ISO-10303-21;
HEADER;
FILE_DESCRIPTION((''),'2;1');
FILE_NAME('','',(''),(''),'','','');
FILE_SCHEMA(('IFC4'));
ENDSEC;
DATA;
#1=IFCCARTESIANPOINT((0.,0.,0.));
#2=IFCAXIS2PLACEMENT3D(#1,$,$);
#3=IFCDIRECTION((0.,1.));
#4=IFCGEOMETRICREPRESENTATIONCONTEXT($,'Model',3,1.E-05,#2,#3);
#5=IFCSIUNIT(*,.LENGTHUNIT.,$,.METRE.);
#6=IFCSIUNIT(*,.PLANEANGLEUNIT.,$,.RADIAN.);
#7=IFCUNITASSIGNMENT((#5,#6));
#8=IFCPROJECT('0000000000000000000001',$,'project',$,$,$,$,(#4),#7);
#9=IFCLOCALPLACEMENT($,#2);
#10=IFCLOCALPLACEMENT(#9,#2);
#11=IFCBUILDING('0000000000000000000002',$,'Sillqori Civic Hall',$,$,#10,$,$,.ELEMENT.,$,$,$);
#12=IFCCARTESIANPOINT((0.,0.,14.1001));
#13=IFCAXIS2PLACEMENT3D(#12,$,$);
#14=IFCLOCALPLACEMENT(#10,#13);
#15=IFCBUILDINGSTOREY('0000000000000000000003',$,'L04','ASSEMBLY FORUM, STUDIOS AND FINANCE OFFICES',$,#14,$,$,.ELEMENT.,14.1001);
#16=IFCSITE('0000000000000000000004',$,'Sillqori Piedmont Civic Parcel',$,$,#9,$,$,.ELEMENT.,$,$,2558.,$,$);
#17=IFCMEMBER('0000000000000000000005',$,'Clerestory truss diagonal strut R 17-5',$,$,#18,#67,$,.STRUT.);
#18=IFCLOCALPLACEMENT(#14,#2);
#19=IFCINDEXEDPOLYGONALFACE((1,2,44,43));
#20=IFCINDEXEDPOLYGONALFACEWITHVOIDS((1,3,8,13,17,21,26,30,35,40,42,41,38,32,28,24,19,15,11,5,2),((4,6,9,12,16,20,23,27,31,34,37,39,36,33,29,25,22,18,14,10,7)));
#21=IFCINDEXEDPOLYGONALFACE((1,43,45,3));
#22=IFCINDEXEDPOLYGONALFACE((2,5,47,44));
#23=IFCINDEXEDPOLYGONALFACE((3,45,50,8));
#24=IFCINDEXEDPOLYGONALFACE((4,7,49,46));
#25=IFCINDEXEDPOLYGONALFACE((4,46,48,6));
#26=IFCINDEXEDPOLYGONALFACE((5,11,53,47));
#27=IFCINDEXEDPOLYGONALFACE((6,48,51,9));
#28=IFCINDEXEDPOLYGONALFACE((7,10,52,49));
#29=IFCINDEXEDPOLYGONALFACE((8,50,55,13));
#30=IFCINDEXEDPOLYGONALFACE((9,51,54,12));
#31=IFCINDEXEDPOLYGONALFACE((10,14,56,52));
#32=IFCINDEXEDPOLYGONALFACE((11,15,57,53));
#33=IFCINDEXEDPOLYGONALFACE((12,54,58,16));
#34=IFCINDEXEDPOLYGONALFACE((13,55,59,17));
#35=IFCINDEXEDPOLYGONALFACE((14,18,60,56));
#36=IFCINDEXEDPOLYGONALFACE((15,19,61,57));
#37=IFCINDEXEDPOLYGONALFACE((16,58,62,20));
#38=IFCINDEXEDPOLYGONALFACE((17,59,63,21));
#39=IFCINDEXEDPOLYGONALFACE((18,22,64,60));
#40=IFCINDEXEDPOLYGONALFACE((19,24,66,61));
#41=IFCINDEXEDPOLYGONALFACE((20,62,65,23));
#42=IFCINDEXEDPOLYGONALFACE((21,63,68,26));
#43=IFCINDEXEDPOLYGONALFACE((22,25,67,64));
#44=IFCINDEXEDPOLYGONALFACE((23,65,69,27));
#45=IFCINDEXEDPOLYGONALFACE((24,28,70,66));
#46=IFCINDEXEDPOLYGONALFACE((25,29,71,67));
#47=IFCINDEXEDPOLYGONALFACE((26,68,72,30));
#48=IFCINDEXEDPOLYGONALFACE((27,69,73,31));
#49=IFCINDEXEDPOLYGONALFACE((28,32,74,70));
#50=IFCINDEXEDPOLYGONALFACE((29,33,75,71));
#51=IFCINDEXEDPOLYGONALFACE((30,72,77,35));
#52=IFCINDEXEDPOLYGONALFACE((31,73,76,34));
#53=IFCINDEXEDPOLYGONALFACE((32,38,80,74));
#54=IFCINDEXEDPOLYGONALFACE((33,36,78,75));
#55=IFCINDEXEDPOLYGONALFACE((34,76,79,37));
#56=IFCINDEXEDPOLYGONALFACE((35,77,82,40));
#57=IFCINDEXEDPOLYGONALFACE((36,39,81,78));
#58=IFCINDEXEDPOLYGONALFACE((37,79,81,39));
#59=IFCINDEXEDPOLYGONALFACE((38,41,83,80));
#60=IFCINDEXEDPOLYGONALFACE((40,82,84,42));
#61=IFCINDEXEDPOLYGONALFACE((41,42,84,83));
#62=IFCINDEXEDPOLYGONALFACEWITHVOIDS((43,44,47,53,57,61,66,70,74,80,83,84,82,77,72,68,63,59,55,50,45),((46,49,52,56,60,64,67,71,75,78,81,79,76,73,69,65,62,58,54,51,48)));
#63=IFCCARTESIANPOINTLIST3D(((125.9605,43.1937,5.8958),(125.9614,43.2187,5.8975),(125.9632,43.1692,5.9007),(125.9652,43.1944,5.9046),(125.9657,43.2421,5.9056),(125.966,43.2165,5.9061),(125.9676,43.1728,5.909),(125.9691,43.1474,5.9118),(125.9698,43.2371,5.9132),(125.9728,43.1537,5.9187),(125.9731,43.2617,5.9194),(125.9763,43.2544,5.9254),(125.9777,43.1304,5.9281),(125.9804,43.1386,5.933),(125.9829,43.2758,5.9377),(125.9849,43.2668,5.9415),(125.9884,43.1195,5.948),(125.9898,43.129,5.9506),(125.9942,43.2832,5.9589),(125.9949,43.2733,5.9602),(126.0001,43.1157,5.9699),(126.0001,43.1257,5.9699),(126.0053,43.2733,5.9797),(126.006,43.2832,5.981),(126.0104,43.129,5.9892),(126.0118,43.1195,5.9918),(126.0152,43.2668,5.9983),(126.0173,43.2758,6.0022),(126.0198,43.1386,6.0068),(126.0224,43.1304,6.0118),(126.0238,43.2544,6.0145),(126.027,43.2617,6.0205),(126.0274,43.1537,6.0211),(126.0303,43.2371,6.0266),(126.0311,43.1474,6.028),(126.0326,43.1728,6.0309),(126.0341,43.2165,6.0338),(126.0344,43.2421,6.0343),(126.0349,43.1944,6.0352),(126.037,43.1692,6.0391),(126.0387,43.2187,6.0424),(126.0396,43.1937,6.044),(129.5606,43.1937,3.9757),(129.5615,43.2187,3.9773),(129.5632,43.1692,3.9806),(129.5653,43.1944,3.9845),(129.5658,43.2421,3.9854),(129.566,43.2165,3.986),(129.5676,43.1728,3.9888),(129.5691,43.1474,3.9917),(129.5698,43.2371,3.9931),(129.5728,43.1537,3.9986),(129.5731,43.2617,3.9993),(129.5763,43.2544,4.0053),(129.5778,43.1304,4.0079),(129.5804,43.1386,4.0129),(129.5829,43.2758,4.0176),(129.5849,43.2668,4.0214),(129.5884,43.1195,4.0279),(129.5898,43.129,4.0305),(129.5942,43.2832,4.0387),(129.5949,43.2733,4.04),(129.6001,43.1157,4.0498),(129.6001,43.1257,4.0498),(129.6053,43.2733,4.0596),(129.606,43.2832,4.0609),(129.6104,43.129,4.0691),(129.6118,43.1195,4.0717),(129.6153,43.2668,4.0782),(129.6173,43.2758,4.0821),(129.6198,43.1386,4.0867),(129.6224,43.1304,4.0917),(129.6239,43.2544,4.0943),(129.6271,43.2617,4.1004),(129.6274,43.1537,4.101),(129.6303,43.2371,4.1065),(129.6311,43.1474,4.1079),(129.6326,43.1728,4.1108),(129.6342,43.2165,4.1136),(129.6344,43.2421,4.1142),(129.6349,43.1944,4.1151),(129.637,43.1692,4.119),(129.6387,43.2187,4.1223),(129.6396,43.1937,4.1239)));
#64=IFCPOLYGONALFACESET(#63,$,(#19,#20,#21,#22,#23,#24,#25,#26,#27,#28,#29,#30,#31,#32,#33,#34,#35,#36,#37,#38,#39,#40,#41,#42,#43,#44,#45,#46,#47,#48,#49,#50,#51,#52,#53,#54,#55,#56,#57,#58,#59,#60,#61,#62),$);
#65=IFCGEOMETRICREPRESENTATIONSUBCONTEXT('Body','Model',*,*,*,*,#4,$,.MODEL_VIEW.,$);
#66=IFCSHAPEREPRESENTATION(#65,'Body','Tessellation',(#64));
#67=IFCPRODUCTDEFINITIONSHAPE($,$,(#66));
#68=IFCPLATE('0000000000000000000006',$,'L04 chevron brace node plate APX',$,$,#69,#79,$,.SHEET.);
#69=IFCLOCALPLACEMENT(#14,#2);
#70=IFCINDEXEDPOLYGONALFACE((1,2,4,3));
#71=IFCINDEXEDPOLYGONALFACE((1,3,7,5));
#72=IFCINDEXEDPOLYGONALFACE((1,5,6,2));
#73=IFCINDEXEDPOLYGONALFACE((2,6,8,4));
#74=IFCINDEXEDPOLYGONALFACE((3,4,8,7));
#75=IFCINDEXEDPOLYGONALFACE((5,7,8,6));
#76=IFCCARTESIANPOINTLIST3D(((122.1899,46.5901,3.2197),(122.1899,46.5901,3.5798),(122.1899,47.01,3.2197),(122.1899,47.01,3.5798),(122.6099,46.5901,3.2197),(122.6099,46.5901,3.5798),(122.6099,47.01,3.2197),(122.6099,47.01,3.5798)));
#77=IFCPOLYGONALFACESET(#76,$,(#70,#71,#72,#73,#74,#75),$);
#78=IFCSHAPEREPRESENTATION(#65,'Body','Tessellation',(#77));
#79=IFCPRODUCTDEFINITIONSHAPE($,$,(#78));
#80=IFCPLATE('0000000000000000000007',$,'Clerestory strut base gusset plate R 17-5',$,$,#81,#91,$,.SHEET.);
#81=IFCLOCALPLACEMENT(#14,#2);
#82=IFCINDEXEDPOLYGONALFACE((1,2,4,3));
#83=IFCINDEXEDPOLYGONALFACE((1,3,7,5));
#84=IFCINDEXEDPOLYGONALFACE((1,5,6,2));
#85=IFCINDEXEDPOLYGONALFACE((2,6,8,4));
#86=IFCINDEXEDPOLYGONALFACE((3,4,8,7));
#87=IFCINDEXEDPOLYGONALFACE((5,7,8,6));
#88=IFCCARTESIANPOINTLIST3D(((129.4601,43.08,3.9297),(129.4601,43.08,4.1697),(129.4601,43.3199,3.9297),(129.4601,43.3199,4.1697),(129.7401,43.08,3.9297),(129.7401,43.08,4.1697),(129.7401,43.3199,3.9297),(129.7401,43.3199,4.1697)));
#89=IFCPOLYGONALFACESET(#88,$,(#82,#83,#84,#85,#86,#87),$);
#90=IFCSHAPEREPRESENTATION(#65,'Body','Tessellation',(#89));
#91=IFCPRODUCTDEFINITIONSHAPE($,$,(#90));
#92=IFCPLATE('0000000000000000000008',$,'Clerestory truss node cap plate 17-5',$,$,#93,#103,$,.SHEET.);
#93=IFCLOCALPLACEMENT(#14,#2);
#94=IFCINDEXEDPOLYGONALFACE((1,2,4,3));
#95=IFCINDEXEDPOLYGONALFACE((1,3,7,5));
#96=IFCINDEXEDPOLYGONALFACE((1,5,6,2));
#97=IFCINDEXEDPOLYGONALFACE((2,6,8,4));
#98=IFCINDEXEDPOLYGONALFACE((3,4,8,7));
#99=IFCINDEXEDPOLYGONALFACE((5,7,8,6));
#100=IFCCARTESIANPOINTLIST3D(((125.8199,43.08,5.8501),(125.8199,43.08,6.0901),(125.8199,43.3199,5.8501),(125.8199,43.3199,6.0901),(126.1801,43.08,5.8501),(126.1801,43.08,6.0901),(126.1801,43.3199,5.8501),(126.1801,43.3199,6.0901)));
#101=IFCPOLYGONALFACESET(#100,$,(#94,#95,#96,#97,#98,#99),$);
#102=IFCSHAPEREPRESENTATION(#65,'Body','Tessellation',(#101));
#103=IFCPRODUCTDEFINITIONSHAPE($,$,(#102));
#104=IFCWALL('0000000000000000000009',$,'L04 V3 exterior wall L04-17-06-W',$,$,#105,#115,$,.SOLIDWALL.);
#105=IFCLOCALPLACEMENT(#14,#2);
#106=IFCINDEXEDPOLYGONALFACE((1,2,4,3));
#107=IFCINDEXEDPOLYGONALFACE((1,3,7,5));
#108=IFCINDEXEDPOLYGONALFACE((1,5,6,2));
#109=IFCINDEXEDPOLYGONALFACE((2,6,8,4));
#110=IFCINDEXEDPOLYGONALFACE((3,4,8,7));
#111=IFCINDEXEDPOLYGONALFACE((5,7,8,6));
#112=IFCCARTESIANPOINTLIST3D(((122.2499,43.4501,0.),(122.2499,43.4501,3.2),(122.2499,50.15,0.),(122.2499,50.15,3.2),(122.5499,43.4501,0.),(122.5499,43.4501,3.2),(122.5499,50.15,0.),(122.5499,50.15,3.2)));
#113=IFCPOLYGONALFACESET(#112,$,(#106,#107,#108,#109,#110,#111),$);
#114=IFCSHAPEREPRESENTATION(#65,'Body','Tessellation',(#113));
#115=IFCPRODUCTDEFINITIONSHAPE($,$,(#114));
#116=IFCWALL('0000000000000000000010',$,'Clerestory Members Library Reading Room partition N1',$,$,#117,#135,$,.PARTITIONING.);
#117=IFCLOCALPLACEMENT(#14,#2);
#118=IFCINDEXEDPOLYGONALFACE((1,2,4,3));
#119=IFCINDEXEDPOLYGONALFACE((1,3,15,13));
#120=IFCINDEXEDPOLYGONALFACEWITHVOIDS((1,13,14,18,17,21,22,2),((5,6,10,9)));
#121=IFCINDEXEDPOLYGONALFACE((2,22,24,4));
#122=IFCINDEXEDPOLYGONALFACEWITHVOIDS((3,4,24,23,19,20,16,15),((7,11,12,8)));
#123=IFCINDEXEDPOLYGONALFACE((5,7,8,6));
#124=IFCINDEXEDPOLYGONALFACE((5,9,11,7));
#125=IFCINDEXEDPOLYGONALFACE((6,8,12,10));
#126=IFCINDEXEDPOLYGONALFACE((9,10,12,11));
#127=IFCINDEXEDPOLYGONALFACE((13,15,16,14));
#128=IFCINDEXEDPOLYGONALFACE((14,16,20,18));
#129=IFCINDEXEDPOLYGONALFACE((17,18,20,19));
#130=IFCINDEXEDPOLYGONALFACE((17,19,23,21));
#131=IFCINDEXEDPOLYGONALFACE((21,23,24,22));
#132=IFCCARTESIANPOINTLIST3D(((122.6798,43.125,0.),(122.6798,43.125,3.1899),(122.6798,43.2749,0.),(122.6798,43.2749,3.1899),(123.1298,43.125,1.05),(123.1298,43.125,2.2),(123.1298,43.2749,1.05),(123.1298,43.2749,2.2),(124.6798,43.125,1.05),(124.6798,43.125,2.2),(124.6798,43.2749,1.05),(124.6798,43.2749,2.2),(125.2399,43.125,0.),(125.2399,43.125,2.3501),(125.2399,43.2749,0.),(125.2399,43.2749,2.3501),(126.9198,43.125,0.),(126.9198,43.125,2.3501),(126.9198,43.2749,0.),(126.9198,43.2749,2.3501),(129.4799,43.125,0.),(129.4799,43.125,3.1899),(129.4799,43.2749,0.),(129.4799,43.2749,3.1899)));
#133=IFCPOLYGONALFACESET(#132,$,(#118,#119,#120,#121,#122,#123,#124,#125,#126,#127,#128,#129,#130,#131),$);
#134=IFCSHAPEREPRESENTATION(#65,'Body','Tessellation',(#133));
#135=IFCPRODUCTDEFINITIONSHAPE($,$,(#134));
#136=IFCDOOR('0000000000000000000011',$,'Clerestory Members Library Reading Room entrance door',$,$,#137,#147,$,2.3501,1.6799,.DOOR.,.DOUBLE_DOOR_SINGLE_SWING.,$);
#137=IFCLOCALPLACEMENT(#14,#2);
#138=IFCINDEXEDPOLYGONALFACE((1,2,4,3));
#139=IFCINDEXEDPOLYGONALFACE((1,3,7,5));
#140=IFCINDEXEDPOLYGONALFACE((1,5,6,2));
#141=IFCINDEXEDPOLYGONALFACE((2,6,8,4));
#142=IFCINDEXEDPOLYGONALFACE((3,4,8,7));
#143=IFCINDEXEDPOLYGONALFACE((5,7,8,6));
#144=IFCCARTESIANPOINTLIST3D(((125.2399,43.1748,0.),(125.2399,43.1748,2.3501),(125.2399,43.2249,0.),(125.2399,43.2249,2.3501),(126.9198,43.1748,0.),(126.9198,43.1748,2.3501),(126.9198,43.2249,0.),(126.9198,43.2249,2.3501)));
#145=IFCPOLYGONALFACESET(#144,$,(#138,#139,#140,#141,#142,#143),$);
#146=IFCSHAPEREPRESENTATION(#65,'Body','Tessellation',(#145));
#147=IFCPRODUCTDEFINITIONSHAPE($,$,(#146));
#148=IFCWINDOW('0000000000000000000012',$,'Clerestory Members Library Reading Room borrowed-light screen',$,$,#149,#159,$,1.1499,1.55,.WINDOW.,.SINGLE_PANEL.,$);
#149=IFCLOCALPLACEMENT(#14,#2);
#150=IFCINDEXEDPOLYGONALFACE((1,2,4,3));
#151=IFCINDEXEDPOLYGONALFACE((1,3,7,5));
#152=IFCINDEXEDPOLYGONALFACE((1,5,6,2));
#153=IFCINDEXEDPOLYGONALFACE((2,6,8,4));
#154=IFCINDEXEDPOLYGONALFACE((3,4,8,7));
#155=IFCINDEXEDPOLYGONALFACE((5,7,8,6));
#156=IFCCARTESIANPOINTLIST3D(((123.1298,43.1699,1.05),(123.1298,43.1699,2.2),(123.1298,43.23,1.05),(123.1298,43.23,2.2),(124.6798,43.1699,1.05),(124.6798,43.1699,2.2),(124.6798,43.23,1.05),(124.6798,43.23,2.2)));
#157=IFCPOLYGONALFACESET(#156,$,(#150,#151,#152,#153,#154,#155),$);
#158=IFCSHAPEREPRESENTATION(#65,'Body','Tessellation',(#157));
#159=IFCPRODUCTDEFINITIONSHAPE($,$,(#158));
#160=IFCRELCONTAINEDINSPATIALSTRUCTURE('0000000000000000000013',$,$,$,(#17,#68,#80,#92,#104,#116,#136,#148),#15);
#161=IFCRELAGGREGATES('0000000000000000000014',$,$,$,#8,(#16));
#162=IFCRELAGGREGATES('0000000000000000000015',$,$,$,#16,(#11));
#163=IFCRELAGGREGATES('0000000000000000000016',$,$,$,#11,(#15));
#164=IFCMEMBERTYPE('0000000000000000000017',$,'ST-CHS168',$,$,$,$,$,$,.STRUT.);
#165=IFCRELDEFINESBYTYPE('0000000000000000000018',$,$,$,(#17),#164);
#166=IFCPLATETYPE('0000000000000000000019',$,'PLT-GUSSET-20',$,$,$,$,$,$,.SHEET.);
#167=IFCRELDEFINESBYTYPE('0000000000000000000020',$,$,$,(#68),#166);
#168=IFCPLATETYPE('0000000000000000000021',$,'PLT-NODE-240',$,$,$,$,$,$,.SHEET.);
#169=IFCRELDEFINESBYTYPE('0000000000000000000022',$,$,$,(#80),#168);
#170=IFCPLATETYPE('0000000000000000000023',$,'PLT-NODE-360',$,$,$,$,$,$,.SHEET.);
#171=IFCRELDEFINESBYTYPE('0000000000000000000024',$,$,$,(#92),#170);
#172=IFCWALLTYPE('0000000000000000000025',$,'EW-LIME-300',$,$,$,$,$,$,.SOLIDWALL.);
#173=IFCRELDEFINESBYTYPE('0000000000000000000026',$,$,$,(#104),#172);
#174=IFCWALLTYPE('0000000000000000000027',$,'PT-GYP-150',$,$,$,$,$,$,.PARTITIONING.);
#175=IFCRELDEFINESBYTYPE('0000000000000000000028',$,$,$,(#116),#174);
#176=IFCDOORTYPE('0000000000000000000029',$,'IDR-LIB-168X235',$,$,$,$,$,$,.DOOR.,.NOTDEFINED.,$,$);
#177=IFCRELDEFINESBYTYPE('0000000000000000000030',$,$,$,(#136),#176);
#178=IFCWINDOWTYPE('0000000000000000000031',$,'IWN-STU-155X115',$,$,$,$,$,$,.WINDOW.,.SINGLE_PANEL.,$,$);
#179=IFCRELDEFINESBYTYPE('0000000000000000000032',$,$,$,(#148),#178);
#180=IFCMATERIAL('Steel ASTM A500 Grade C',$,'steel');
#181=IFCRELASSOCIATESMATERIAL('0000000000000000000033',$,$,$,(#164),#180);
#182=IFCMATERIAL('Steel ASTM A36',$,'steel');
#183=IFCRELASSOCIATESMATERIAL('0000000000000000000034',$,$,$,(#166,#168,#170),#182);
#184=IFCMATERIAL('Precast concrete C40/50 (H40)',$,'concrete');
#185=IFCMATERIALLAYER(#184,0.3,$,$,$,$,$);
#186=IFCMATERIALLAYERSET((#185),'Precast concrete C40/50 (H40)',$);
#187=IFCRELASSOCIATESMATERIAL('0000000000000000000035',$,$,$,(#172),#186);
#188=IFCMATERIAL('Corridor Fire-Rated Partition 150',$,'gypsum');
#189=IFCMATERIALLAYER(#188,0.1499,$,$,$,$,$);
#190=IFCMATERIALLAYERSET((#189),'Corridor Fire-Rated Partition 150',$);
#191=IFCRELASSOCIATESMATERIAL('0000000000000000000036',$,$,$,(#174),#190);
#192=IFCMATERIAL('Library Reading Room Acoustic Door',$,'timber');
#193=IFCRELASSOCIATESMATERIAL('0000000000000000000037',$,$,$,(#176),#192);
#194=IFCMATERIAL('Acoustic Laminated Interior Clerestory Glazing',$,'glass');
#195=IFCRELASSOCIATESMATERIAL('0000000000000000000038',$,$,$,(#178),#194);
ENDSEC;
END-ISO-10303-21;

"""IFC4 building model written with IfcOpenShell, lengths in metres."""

from ifc_helpers import new_model, si_unit, direction, frame, frame_2d, origin, origin_2d, place, context, subcontext, project, spatial, rectangle, hollow_circle, extrude, material, layer, layer_set, material_profile, profile_set, type_object, element, fill, save


model = new_model("IFC4")

# Units and contexts
model_context = context("Model", 3, precision=1e-05, world=origin(), true_north=direction((0.0, 1.0)))
body_context = subcontext(model_context, "Body", "Model", "MODEL_VIEW")
ifc_project = project(units=[si_unit("LENGTHUNIT", "METRE"), si_unit("PLANEANGLEUNIT", "RADIAN")], contexts=[model_context])

# Site, building, storey
site_placement = place(None, origin())
site = spatial("IfcSite", under=ifc_project, at=site_placement, Name="Sillqori Piedmont Civic Parcel", CompositionType="ELEMENT", RefElevation=2558.0)
building_placement = place(site_placement, origin())
building = spatial("IfcBuilding", under=site, at=building_placement, Name="Sillqori Civic Hall", CompositionType="ELEMENT")
storey_placement = place(building_placement, frame((0.0, 0.0, 14.1001)))
storey = spatial("IfcBuildingStorey", under=building, at=storey_placement, Name="L04", Description="ASSEMBLY FORUM, STUDIOS AND FINANCE OFFICES", CompositionType="ELEMENT", Elevation=14.1001)

# Shared definitions
ifc_material_1 = material(Name="Steel ASTM A500 Grade C", Category="steel")

# Member
ifc_material_profile_1 = material_profile(ifc_material_1, hollow_circle(Radius=0.0842, WallThickness=0.01, at=origin_2d()), Name="CHS168X10")
ifc_profile_set_1 = profile_set([ifc_material_profile_1], Name="Steel ASTM A500 Grade C")
member_type_1 = type_object("IfcMemberType", Name="ST-CHS168", PredefinedType="STRUT", material=ifc_profile_set_1)
member_1_placement = place(storey_placement, frame((129.6001, 43.2, 4.0498), z_axis=(-0.882341, 0.0, 0.47061), x_axis=(0.0, -1.0, 0.0)))
element("IfcMember", 1, at=member_1_placement, inside=storey, type_object=member_type_1, Name="Clerestory truss diagonal strut R 17-5", PredefinedType="STRUT", context=body_context, shape_type="SweptSolid", body=[
    extrude(hollow_circle(Radius=0.0842, WallThickness=0.01, at=origin_2d()), origin(), (0.0, 0.0, 1.0), 4.0801),
])

# Plates
ifc_material_2 = material(Name="Steel ASTM A36", Category="steel")
plate_type_1 = type_object("IfcPlateType", Name="PLT-GUSSET-20", PredefinedType="SHEET", material=ifc_material_2)
plate_1_placement = place(storey_placement, frame((122.3999, 46.8, 3.2197), z_axis=(0.0, 0.0, 1.0), x_axis=(1.0, 0.0, 0.0)))
element("IfcPlate", 2, at=plate_1_placement, inside=storey, type_object=plate_type_1, Name="L04 chevron brace node plate APX", PredefinedType="SHEET", context=body_context, shape_type="SweptSolid", body=[
    extrude(rectangle(XDim=0.4199, YDim=0.4199, at=origin_2d()), origin(), (0.0, 0.0, 1.0), 0.3601),
])
plate_type_2 = type_object("IfcPlateType", Name="PLT-NODE-240", PredefinedType="SHEET", material=ifc_material_2)
plate_2_placement = place(storey_placement, frame((129.6001, 43.2, 3.9297), z_axis=(0.0, 0.0, 1.0), x_axis=(1.0, 0.0, 0.0)))
element("IfcPlate", 3, at=plate_2_placement, inside=storey, type_object=plate_type_2, Name="Clerestory strut base gusset plate R 17-5", PredefinedType="SHEET", context=body_context, shape_type="SweptSolid", body=[
    extrude(rectangle(XDim=0.28, YDim=0.24, at=origin_2d()), origin(), (0.0, 0.0, 1.0), 0.24),
])
plate_type_3 = type_object("IfcPlateType", Name="PLT-NODE-360", PredefinedType="SHEET", material=ifc_material_2)
plate_3_placement = place(storey_placement, frame((126.0, 43.2, 5.8501), z_axis=(0.0, 0.0, 1.0), x_axis=(1.0, 0.0, 0.0)))
element("IfcPlate", 4, at=plate_3_placement, inside=storey, type_object=plate_type_3, Name="Clerestory truss node cap plate 17-5", PredefinedType="SHEET", context=body_context, shape_type="SweptSolid", body=[
    extrude(rectangle(XDim=0.3601, YDim=0.24, at=origin_2d()), origin(), (0.0, 0.0, 1.0), 0.24),
])

# Wall
ifc_material_3 = material(Name="Precast concrete C40/50 (H40)", Category="concrete")
ifc_layer_1 = layer(ifc_material_3, 0.3)
ifc_layer_set_1 = layer_set([ifc_layer_1], Name="Precast concrete C40/50 (H40)")
wall_type_1 = type_object("IfcWallType", Name="EW-LIME-300", PredefinedType="SOLIDWALL", material=ifc_layer_set_1)
wall_1_placement = place(storey_placement, frame((122.3999, 43.45, 0.0), z_axis=(0.0, 0.0, 1.0), x_axis=(0.0, 1.0, 0.0)))
element("IfcWall", 5, at=wall_1_placement, inside=storey, type_object=wall_type_1, Name="L04 V3 exterior wall L04-17-06-W", PredefinedType="SOLIDWALL", context=body_context, shape_type="SweptSolid", body=[
    extrude(rectangle(XDim=6.7, YDim=0.3, at=frame_2d((3.3501, 0.0))), origin(), (0.0, 0.0, 1.0), 3.2),
])

# Wall, openings, door, window
ifc_material_4 = material(Name="Corridor Fire-Rated Partition 150", Category="gypsum")
ifc_layer_2 = layer(ifc_material_4, 0.1499)
ifc_layer_set_2 = layer_set([ifc_layer_2], Name="Corridor Fire-Rated Partition 150")
wall_type_2 = type_object("IfcWallType", Name="PT-GYP-150", PredefinedType="PARTITIONING", material=ifc_layer_set_2)
wall_2_placement = place(storey_placement, frame((122.6799, 43.2, 0.0), z_axis=(0.0, 0.0, 1.0), x_axis=(1.0, 0.0, 0.0)))
wall_2 = element("IfcWall", 6, at=wall_2_placement, inside=storey, type_object=wall_type_2, Name="Clerestory Members Library Reading Room partition N1", PredefinedType="PARTITIONING", context=body_context, shape_type="SweptSolid", body=[
    extrude(rectangle(XDim=6.8, YDim=0.1499, at=frame_2d((3.3999, 0.0))), origin(), (0.0, 0.0, 1.0), 3.1899),
])
opening_1_placement = place(wall_2_placement, frame((2.5601, 0.0, 0.0)))
opening_1 = element("IfcOpeningElement", 7, at=opening_1_placement, cuts=wall_2, PredefinedType="OPENING", context=body_context, shape_type="SweptSolid", body=[
    extrude(rectangle(XDim=1.6799, YDim=2.3501, at=frame_2d((0.8398, 1.175))), frame((0.0, 0.085, 0.0), z_axis=(0.0, -1.0, 0.0), x_axis=(1.0, 0.0, 0.0)), (0.0, 0.0, 1.0), 0.1699),
])
opening_2_placement = place(wall_2_placement, frame((0.45, 0.0, 1.05)))
opening_2 = element("IfcOpeningElement", 8, at=opening_2_placement, cuts=wall_2, PredefinedType="OPENING", context=body_context, shape_type="SweptSolid", body=[
    extrude(rectangle(XDim=1.55, YDim=1.1499, at=frame_2d((0.7749, 0.575))), frame((0.0, 0.085, 0.0), z_axis=(0.0, -1.0, 0.0), x_axis=(1.0, 0.0, 0.0)), (0.0, 0.0, 1.0), 0.1699),
])
ifc_material_5 = material(Name="Library Reading Room Acoustic Door", Category="timber")
door_type = type_object("IfcDoorType", Name="IDR-LIB-168X235", OperationType="NOTDEFINED", PredefinedType="DOOR", material=ifc_material_5)
door_placement = place(opening_1_placement, origin())
door = element("IfcDoor", 9, at=door_placement, inside=storey, type_object=door_type, Name="Clerestory Members Library Reading Room entrance door", OperationType="DOUBLE_DOOR_SINGLE_SWING", OverallHeight=2.3501, OverallWidth=1.6799, PredefinedType="DOOR", context=body_context, shape_type="SweptSolid", body=[
    extrude(rectangle(XDim=1.6799, YDim=2.3501, at=frame_2d((0.8398, 1.175))), frame((0.0, 0.0249, 0.0), z_axis=(0.0, -1.0, 0.0), x_axis=(1.0, 0.0, 0.0)), (0.0, 0.0, 1.0), 0.05),
])
fill(opening_1, door)
ifc_material_6 = material(Name="Acoustic Laminated Interior Clerestory Glazing", Category="glass")
window_type = type_object("IfcWindowType", Name="IWN-STU-155X115", PartitioningType="SINGLE_PANEL", PredefinedType="WINDOW", material=ifc_material_6)
window_placement = place(opening_2_placement, origin())
window = element("IfcWindow", 10, at=window_placement, inside=storey, type_object=window_type, Name="Clerestory Members Library Reading Room borrowed-light screen", OverallHeight=1.1499, OverallWidth=1.55, PartitioningType="SINGLE_PANEL", PredefinedType="WINDOW", context=body_context, shape_type="SweptSolid", body=[
    extrude(rectangle(XDim=1.55, YDim=1.1499, at=frame_2d((0.7749, 0.575))), frame((0.0, 0.03, 0.0), z_axis=(0.0, -1.0, 0.0), x_axis=(1.0, 0.0, 0.0)), (0.0, 0.0, 1.0), 0.0601),
])
fill(opening_2, window)

save(model, "model.ifc")
